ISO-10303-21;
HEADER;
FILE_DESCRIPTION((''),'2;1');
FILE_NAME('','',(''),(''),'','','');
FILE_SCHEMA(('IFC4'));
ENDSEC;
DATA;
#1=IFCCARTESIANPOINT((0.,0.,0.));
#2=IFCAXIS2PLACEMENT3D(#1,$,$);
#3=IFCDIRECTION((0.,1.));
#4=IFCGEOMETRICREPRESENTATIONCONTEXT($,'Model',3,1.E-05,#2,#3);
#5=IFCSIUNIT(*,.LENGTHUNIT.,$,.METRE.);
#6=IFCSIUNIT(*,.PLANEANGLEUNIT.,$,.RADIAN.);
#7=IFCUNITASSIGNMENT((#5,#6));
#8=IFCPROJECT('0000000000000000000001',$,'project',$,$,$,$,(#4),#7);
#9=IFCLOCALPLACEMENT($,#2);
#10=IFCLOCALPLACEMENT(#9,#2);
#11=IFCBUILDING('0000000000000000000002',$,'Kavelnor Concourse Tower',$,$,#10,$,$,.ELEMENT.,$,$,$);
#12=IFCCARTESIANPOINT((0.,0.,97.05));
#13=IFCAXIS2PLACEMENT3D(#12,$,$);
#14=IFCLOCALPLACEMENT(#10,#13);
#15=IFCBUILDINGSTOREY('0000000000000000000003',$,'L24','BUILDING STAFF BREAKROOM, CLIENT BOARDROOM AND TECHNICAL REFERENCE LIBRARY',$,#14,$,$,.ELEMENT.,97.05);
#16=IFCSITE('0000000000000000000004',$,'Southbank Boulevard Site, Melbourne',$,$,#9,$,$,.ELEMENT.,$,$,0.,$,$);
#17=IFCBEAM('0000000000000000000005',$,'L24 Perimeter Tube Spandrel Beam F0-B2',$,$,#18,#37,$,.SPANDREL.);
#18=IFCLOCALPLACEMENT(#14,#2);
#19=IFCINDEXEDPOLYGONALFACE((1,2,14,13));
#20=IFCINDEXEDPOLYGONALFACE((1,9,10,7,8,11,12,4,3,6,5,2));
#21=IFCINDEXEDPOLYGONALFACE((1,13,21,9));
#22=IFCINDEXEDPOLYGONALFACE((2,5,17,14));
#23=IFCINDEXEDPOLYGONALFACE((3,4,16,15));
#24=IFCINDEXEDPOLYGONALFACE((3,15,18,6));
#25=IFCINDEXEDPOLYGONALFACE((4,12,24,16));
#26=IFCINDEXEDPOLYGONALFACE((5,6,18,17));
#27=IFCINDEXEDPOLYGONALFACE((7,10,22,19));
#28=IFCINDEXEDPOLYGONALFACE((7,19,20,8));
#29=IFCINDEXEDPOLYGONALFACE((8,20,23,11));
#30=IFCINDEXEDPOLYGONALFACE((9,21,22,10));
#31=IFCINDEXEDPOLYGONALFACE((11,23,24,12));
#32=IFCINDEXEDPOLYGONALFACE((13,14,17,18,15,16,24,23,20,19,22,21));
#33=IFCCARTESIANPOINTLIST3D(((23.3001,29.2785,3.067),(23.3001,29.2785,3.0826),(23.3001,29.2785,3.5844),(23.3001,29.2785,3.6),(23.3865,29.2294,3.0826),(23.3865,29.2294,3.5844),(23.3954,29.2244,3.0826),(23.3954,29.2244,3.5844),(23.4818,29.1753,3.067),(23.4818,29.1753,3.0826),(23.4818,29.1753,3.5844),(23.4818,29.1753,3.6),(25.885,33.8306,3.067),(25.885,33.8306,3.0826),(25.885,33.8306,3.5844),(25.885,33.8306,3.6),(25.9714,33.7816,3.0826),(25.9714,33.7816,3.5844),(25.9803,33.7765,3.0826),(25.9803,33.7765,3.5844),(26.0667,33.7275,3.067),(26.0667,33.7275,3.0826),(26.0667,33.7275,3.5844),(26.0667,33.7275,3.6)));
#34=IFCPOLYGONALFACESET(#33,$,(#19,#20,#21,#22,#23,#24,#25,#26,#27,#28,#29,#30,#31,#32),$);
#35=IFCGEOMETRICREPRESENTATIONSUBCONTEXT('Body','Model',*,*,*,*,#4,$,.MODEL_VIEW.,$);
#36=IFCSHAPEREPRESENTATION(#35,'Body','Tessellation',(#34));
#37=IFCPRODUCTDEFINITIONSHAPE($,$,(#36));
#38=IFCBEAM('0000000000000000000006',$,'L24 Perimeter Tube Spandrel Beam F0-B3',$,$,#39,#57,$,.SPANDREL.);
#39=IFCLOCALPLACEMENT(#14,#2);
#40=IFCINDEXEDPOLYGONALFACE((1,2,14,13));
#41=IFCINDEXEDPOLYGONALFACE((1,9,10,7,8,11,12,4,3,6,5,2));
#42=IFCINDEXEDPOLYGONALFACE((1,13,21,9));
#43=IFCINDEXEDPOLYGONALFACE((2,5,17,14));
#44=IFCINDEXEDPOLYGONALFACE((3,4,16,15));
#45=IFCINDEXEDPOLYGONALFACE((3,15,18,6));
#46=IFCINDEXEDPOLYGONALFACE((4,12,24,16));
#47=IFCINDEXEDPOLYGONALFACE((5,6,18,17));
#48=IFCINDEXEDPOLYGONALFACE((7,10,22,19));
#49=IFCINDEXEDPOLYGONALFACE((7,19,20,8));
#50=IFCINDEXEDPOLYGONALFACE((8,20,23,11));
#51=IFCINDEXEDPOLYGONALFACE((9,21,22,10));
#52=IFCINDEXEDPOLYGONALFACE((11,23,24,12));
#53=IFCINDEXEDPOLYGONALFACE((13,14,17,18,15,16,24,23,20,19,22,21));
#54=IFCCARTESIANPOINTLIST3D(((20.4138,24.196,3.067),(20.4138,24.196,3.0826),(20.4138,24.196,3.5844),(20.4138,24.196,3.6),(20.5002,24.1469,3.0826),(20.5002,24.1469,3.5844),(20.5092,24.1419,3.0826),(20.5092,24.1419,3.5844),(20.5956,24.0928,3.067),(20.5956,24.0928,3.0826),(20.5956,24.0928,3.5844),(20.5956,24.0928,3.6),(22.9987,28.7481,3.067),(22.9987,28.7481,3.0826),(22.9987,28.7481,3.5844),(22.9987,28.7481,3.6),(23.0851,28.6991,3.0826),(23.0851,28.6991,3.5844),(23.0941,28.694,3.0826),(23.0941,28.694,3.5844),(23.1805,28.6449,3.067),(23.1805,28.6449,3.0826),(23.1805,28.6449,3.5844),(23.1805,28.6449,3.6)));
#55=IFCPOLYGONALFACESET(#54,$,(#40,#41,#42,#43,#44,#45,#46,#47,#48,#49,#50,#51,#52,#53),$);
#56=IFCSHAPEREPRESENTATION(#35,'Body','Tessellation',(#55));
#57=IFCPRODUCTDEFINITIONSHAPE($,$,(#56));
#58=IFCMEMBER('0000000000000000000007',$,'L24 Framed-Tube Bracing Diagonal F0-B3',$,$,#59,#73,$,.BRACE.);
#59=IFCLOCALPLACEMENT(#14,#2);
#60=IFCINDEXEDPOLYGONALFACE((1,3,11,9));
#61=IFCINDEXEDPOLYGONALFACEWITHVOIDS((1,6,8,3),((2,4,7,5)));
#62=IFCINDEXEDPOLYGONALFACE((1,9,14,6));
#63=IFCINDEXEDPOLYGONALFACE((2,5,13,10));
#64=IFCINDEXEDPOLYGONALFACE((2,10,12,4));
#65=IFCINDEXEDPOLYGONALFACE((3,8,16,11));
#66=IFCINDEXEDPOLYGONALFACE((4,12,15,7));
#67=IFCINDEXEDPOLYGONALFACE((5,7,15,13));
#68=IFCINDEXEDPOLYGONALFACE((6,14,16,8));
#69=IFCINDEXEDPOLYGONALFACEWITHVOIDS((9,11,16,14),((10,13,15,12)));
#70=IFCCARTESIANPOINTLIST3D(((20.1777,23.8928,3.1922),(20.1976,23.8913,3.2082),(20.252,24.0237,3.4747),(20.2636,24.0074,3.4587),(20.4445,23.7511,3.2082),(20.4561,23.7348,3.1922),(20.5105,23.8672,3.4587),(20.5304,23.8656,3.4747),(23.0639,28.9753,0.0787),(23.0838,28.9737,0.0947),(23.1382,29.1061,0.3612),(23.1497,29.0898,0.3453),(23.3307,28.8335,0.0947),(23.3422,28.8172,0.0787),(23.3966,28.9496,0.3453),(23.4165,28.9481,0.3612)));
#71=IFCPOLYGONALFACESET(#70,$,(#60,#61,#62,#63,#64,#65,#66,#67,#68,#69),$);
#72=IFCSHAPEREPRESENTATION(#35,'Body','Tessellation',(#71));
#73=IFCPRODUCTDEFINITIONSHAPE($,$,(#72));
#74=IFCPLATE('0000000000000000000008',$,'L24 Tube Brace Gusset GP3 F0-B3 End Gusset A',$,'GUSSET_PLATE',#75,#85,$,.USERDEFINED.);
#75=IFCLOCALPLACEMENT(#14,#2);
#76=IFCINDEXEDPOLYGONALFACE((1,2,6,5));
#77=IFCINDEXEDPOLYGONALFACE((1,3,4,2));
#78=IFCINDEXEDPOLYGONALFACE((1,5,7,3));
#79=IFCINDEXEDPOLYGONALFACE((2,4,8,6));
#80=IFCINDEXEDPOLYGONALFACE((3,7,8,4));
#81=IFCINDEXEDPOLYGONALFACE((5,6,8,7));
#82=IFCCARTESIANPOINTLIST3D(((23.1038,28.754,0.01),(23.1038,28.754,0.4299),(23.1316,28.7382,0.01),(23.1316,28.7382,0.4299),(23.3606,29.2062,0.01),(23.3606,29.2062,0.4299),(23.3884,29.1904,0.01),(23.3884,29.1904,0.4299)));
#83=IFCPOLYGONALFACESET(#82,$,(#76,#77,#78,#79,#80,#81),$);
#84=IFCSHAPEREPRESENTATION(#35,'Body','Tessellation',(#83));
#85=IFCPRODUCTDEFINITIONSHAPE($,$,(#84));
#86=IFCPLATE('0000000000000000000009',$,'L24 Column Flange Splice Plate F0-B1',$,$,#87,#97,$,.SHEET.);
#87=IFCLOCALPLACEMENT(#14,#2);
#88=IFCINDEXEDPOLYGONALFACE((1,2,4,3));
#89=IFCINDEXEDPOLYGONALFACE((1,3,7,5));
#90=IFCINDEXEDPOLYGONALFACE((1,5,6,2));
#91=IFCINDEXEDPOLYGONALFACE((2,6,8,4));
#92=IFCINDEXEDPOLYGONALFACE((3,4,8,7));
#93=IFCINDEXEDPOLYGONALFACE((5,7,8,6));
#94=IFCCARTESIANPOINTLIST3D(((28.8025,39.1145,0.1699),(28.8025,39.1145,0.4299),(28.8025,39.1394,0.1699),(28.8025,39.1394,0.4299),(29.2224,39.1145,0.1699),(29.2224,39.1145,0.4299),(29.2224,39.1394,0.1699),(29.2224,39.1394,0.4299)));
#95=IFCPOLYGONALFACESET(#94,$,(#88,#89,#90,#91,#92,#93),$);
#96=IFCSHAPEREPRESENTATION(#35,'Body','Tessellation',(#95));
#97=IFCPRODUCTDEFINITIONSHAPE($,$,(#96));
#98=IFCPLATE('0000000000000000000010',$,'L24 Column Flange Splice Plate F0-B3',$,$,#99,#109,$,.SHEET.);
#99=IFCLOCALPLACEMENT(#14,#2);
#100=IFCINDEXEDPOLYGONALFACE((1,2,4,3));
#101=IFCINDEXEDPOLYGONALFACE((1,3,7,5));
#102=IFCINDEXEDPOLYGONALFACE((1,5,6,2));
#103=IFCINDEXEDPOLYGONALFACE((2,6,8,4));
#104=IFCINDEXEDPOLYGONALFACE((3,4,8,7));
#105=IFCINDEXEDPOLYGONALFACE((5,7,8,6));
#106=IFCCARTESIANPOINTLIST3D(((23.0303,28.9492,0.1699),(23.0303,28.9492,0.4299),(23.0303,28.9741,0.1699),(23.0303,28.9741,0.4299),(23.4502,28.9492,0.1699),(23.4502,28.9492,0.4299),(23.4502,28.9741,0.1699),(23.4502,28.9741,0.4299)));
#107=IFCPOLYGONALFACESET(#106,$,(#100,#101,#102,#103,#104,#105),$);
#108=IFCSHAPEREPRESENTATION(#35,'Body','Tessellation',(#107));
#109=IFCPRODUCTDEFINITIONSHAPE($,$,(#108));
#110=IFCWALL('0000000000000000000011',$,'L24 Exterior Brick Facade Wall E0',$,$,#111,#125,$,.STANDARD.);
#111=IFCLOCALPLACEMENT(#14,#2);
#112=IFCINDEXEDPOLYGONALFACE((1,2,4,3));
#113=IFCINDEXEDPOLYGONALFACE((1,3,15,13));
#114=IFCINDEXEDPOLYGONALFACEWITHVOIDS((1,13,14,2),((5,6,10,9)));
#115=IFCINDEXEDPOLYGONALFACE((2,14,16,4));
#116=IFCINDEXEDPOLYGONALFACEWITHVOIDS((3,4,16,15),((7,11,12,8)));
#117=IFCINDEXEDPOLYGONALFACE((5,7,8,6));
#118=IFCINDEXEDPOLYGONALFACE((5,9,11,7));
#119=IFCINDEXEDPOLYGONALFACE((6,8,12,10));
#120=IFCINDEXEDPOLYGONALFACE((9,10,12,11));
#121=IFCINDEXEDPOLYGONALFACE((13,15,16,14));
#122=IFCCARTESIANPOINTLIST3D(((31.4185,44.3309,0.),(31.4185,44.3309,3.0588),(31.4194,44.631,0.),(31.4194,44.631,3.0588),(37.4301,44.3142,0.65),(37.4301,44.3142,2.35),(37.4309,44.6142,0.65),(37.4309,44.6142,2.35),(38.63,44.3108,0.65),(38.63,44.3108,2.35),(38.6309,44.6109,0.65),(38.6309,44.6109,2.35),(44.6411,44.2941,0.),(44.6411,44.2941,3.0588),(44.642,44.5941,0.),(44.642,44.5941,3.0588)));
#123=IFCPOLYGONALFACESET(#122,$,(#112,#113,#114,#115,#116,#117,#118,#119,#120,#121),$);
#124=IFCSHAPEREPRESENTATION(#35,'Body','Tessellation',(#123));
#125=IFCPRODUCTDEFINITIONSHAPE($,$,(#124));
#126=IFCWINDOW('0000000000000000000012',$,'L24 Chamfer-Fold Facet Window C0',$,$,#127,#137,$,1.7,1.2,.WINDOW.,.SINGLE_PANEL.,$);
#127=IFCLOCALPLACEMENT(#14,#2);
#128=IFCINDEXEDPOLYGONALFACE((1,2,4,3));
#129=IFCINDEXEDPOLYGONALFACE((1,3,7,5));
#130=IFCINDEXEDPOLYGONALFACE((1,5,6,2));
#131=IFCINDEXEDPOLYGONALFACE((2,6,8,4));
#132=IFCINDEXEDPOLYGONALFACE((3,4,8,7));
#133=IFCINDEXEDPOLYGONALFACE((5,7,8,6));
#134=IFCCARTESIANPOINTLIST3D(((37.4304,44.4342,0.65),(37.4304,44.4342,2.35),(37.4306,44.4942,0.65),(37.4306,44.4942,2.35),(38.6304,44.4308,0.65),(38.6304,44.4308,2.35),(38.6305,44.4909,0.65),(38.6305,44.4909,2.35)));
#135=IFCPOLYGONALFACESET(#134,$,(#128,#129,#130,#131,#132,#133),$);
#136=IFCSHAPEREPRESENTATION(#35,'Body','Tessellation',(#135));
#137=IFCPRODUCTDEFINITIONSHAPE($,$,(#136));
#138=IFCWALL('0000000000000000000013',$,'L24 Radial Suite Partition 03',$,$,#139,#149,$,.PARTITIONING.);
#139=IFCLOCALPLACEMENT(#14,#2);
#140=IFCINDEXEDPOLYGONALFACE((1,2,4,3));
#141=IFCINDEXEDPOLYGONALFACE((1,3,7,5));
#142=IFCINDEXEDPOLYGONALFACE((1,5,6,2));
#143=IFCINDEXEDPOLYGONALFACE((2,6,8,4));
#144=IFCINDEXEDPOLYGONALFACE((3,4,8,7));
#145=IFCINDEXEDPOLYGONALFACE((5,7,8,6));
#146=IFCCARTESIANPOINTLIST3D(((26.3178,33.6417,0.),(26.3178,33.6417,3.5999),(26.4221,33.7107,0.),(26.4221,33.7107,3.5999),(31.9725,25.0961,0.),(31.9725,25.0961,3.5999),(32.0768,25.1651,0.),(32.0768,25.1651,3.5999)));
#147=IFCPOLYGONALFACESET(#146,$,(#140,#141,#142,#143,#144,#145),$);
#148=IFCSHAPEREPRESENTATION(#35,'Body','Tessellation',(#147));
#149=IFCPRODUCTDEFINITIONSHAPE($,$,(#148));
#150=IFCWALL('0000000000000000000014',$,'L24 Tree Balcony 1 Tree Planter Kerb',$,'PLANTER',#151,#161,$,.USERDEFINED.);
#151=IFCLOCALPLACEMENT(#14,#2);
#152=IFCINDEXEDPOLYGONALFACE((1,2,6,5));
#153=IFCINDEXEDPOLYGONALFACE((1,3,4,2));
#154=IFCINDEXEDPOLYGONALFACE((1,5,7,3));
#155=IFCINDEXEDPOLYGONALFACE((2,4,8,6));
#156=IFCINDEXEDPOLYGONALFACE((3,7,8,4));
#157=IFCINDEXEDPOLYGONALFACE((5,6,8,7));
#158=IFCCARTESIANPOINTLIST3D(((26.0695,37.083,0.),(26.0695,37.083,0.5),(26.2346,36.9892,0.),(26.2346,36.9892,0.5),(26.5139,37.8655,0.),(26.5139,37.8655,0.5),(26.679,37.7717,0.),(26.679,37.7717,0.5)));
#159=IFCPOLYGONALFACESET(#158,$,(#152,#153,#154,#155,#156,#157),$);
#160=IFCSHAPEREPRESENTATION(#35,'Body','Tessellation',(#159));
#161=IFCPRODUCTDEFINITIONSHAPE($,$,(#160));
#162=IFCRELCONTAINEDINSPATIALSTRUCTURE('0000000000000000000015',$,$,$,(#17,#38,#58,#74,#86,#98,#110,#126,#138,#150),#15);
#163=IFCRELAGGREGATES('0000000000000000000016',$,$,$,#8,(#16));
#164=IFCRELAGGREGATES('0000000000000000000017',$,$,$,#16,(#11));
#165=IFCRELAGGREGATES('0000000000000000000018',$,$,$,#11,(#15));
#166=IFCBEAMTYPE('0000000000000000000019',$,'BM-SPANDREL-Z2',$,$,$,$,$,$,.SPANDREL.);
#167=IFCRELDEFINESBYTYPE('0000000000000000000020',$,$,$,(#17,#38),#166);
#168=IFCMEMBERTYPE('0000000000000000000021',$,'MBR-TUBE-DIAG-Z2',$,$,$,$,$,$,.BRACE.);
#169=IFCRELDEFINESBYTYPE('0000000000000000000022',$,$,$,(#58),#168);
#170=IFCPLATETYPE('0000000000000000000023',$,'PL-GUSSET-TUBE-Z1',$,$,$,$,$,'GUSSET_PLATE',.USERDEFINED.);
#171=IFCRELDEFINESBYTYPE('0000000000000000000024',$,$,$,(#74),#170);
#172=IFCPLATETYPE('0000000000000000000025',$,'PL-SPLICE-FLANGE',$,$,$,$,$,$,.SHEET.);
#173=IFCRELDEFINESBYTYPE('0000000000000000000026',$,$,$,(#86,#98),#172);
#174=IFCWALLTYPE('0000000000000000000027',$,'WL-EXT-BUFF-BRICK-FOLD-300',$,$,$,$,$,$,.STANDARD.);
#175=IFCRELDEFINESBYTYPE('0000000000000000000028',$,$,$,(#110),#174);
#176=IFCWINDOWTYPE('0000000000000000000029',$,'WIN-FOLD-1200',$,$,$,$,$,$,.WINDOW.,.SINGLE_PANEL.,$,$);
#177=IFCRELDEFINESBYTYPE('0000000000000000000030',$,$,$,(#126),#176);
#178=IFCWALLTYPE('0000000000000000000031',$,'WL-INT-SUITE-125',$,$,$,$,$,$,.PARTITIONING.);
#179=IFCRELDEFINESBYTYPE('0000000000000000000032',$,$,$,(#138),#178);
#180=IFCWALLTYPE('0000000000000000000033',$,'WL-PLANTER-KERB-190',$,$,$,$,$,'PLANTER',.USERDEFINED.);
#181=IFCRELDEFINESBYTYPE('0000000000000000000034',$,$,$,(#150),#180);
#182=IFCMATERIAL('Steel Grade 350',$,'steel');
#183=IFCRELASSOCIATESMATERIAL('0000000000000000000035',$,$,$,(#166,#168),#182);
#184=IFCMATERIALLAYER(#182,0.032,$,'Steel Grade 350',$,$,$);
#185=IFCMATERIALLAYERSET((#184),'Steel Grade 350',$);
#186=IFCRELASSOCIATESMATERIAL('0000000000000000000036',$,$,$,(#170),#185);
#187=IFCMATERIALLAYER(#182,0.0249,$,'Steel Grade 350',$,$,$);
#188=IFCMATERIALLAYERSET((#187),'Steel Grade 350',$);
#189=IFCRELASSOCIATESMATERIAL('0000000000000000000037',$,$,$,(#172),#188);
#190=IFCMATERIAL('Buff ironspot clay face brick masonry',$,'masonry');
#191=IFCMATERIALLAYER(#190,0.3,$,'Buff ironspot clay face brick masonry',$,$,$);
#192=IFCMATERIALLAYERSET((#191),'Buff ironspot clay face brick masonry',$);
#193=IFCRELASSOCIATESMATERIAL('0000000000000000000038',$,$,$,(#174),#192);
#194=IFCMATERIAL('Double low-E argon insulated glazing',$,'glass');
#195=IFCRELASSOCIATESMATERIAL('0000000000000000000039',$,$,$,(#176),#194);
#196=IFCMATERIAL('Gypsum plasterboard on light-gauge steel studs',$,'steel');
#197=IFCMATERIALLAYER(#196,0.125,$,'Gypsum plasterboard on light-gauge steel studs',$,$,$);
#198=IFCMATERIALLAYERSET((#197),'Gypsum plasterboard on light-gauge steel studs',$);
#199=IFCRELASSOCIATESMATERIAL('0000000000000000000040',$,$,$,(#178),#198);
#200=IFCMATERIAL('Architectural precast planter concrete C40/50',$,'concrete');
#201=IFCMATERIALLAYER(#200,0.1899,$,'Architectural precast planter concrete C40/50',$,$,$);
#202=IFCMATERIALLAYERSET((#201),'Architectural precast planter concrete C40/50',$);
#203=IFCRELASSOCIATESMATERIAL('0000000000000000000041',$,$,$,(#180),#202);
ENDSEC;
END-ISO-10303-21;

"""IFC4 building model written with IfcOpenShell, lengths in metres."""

from ifc_helpers import new_model, si_unit, direction, frame, frame_2d, origin, origin_2d, place, context, subcontext, project, spatial, rectangle, hollow_rectangle, i_section, extrude, material, layer, layer_set, material_profile, profile_set, type_object, element, fill, save


model = new_model("IFC4")

# Units and contexts
model_context = context("Model", 3, precision=1e-05, world=origin(), true_north=direction((0.0, 1.0)))
body_context = subcontext(model_context, "Body", "Model", "MODEL_VIEW")
ifc_project = project(units=[si_unit("LENGTHUNIT", "METRE"), si_unit("PLANEANGLEUNIT", "RADIAN")], contexts=[model_context])

# Site, building, storey
site_placement = place(None, origin())
site = spatial("IfcSite", under=ifc_project, at=site_placement, Name="Southbank Boulevard Site, Melbourne", CompositionType="ELEMENT", RefElevation=0.0)
building_placement = place(site_placement, origin())
building = spatial("IfcBuilding", under=site, at=building_placement, Name="Kavelnor Concourse Tower", CompositionType="ELEMENT")
storey_placement = place(building_placement, frame((0.0, 0.0, 97.05)))
storey = spatial("IfcBuildingStorey", under=building, at=storey_placement, Name="L24", Description="BUILDING STAFF BREAKROOM, CLIENT BOARDROOM AND TECHNICAL REFERENCE LIBRARY", CompositionType="ELEMENT", Elevation=97.05)

# Shared definitions
ifc_material_1 = material(Name="Steel Grade 350", Category="steel")

# Beams
ifc_material_profile_1 = material_profile(ifc_material_1, i_section(OverallWidth=0.209, OverallDepth=0.533, WebThickness=0.0103, FlangeThickness=0.0156, at=origin_2d()), Name="530UB92")
ifc_profile_set_1 = profile_set([ifc_material_profile_1], Name="Steel Grade 350")
beam_type_1 = type_object("IfcBeamType", Name="BM-SPANDREL-Z2", PredefinedType="SPANDREL", material=ifc_profile_set_1)
for number, where, z_axis, x_axis, name in (
    (1, (25.9758, 33.7791, 3.3335), (-0.493787, -0.869583, 0.0), (0.869583, -0.493787, 0.0), "L24 Perimeter Tube Spandrel Beam F0-B2"),
    (2, (23.0896, 28.6965, 3.3335), (-0.493787, -0.869583, 0.0), (0.869583, -0.493787, 0.0), "L24 Perimeter Tube Spandrel Beam F0-B3"),
):
    element("IfcBeam", number, at=place(storey_placement, frame(where, z_axis=z_axis, x_axis=x_axis)), inside=storey, type_object=beam_type_1, Name=name, PredefinedType="SPANDREL", context=body_context, shape_type="SweptSolid", body=[
        extrude(i_section(OverallWidth=0.209, OverallDepth=0.533, WebThickness=0.0103, FlangeThickness=0.0156, at=origin_2d()), origin(), (0.0, 0.0, 1.0), 5.2349),
    ])

# Member
ifc_material_profile_2 = material_profile(ifc_material_1, hollow_rectangle(XDim=0.3201, YDim=0.3201, WallThickness=0.0181, at=origin_2d()), Name="SHS 320x320x18")
ifc_profile_set_2 = profile_set([ifc_material_profile_2], Name="Steel Grade 350")
member_type = type_object("IfcMemberType", Name="MBR-TUBE-DIAG-Z2", PredefinedType="BRACE", material=ifc_profile_set_2)
member_placement = place(storey_placement, frame((23.2402, 28.9617, 0.22), z_axis=(-0.435828, -0.767472, 0.47015), x_axis=(0.869572, -0.493807, 0.0)))
element("IfcMember", 3, at=member_placement, inside=storey, type_object=member_type, Name="L24 Framed-Tube Bracing Diagonal F0-B3", PredefinedType="BRACE", context=body_context, shape_type="SweptSolid", body=[
    extrude(hollow_rectangle(XDim=0.3201, YDim=0.3201, WallThickness=0.0181, at=origin_2d()), origin(), (0.0, 0.0, 1.0), 6.6223),
])

# Plates
ifc_layer_1 = layer(ifc_material_1, 0.032, Name="Steel Grade 350")
ifc_layer_set_1 = layer_set([ifc_layer_1], Name="Steel Grade 350")
plate_type_1 = type_object("IfcPlateType", Name="PL-GUSSET-TUBE-Z1", ElementType="GUSSET_PLATE", PredefinedType="USERDEFINED", material=ifc_layer_set_1)
plate_placement = place(storey_placement, frame((23.2461, 28.9722, 0.01), z_axis=(0.0, 0.0, 1.0), x_axis=(-0.49379, -0.869581, 0.0)))
element("IfcPlate", 4, at=plate_placement, inside=storey, type_object=plate_type_1, Name="L24 Tube Brace Gusset GP3 F0-B3 End Gusset A", ObjectType="GUSSET_PLATE", PredefinedType="USERDEFINED", context=body_context, shape_type="SweptSolid", body=[
    extrude(rectangle(XDim=0.52, YDim=0.032, at=origin_2d()), origin(), (0.0, 0.0, 1.0), 0.4199),
])
ifc_layer_2 = layer(ifc_material_1, 0.0249, Name="Steel Grade 350")
ifc_layer_set_2 = layer_set([ifc_layer_2], Name="Steel Grade 350")
plate_type_2 = type_object("IfcPlateType", Name="PL-SPLICE-FLANGE", PredefinedType="SHEET", material=ifc_layer_set_2)
for number, where, z_axis, x_axis, name in (
    (5, (29.0125, 39.127, 0.1699), (0.0, 0.0, 1.0), (1.0, 0.0, 0.0), "L24 Column Flange Splice Plate F0-B1"),
    (6, (23.2402, 28.9617, 0.1699), (0.0, 0.0, 1.0), (1.0, 0.0, 0.0), "L24 Column Flange Splice Plate F0-B3"),
):
    element("IfcPlate", number, at=place(storey_placement, frame(where, z_axis=z_axis, x_axis=x_axis)), inside=storey, type_object=plate_type_2, Name=name, PredefinedType="SHEET", context=body_context, shape_type="SweptSolid", body=[
        extrude(rectangle(XDim=0.4199, YDim=0.0249, at=origin_2d()), origin(), (0.0, 0.0, 1.0), 0.26),
    ])

# Wall, opening, window
ifc_material_2 = material(Name="Buff ironspot clay face brick masonry", Category="masonry")
ifc_layer_3 = layer(ifc_material_2, 0.3, Name="Buff ironspot clay face brick masonry")
ifc_layer_set_3 = layer_set([ifc_layer_3], Name="Buff ironspot clay face brick masonry")
wall_type_1 = type_object("IfcWallType", Name="WL-EXT-BUFF-BRICK-FOLD-300", PredefinedType="STANDARD", material=ifc_layer_set_3)
wall_1_placement = place(storey_placement, frame((31.4189, 44.481, 0.0), z_axis=(0.0, 0.0, 1.0), x_axis=(0.999996, -0.002788, 0.0)))
wall_1 = element("IfcWall", 7, at=wall_1_placement, inside=storey, type_object=wall_type_1, Name="L24 Exterior Brick Facade Wall E0", PredefinedType="STANDARD", context=body_context, shape_type="SweptSolid", body=[
    extrude(rectangle(XDim=13.2227, YDim=0.3, at=frame_2d((6.6113, 0.0))), origin(), (0.0, 0.0, 1.0), 3.0588),
])
opening_placement = place(wall_1_placement, frame((6.0115, 0.0, 0.6499)))
opening = element("IfcOpeningElement", 8, at=opening_placement, cuts=wall_1, PredefinedType="OPENING", context=body_context, shape_type="SweptSolid", body=[
    extrude(rectangle(XDim=1.2, YDim=1.7, at=frame_2d((0.6001, 0.8501))), frame((0.0, 0.1602, 0.0), z_axis=(0.0, -1.0, 0.0), x_axis=(1.0, 0.0, 0.0)), (0.0, 0.0, 1.0), 0.3201),
])
ifc_material_3 = material(Name="Double low-E argon insulated glazing", Category="glass")
window_type = type_object("IfcWindowType", Name="WIN-FOLD-1200", PartitioningType="SINGLE_PANEL", PredefinedType="WINDOW", material=ifc_material_3)
window_placement = place(opening_placement, origin())
window = element("IfcWindow", 9, at=window_placement, inside=storey, type_object=window_type, Name="L24 Chamfer-Fold Facet Window C0", OverallHeight=1.7, OverallWidth=1.2, PartitioningType="SINGLE_PANEL", PredefinedType="WINDOW", context=body_context, shape_type="SweptSolid", body=[
    extrude(rectangle(XDim=1.2, YDim=1.7, at=frame_2d((0.6001, 0.8501))), frame((0.0, 0.03, 0.0), z_axis=(0.0, -1.0, 0.0), x_axis=(1.0, 0.0, 0.0)), (0.0, 0.0, 1.0), 0.0601),
])
fill(opening, window)

# Walls
ifc_material_4 = material(Name="Gypsum plasterboard on light-gauge steel studs", Category="steel")
ifc_layer_4 = layer(ifc_material_4, 0.125, Name="Gypsum plasterboard on light-gauge steel studs")
ifc_layer_set_4 = layer_set([ifc_layer_4], Name="Gypsum plasterboard on light-gauge steel studs")
wall_type_2 = type_object("IfcWallType", Name="WL-INT-SUITE-125", PredefinedType="PARTITIONING", material=ifc_layer_set_4)
wall_2_placement = place(storey_placement, frame((32.0247, 25.1306, 0.0), z_axis=(0.0, 0.0, 1.0), x_axis=(-0.551838, 0.833951, 0.0)))
element("IfcWall", 10, at=wall_2_placement, inside=storey, type_object=wall_type_2, Name="L24 Radial Suite Partition 03", PredefinedType="PARTITIONING", context=body_context, shape_type="SweptSolid", body=[
    extrude(rectangle(XDim=10.2471, YDim=0.125, at=frame_2d((5.1235, 0.0))), origin(), (0.0, 0.0, 1.0), 3.5999),
])
ifc_material_5 = material(Name="Architectural precast planter concrete C40/50", Category="concrete")
ifc_layer_5 = layer(ifc_material_5, 0.1899, Name="Architectural precast planter concrete C40/50")
ifc_layer_set_5 = layer_set([ifc_layer_5], Name="Architectural precast planter concrete C40/50")
wall_type_3 = type_object("IfcWallType", Name="WL-PLANTER-KERB-190", ElementType="PLANTER", PredefinedType="USERDEFINED", material=ifc_layer_set_5)
wall_3_placement = place(storey_placement, frame((26.5964, 37.8186, 0.0), z_axis=(0.0, 0.0, 1.0), x_axis=(-0.4938, -0.869576, 0.0)))
element("IfcWall", 11, at=wall_3_placement, inside=storey, type_object=wall_type_3, Name="L24 Tree Balcony 1 Tree Planter Kerb", ObjectType="PLANTER", PredefinedType="USERDEFINED", context=body_context, shape_type="SweptSolid", body=[
    extrude(rectangle(XDim=0.8999, YDim=0.1899, at=frame_2d((0.45, 0.0))), origin(), (0.0, 0.0, 1.0), 0.5),
])

save(model, "model.ifc")
